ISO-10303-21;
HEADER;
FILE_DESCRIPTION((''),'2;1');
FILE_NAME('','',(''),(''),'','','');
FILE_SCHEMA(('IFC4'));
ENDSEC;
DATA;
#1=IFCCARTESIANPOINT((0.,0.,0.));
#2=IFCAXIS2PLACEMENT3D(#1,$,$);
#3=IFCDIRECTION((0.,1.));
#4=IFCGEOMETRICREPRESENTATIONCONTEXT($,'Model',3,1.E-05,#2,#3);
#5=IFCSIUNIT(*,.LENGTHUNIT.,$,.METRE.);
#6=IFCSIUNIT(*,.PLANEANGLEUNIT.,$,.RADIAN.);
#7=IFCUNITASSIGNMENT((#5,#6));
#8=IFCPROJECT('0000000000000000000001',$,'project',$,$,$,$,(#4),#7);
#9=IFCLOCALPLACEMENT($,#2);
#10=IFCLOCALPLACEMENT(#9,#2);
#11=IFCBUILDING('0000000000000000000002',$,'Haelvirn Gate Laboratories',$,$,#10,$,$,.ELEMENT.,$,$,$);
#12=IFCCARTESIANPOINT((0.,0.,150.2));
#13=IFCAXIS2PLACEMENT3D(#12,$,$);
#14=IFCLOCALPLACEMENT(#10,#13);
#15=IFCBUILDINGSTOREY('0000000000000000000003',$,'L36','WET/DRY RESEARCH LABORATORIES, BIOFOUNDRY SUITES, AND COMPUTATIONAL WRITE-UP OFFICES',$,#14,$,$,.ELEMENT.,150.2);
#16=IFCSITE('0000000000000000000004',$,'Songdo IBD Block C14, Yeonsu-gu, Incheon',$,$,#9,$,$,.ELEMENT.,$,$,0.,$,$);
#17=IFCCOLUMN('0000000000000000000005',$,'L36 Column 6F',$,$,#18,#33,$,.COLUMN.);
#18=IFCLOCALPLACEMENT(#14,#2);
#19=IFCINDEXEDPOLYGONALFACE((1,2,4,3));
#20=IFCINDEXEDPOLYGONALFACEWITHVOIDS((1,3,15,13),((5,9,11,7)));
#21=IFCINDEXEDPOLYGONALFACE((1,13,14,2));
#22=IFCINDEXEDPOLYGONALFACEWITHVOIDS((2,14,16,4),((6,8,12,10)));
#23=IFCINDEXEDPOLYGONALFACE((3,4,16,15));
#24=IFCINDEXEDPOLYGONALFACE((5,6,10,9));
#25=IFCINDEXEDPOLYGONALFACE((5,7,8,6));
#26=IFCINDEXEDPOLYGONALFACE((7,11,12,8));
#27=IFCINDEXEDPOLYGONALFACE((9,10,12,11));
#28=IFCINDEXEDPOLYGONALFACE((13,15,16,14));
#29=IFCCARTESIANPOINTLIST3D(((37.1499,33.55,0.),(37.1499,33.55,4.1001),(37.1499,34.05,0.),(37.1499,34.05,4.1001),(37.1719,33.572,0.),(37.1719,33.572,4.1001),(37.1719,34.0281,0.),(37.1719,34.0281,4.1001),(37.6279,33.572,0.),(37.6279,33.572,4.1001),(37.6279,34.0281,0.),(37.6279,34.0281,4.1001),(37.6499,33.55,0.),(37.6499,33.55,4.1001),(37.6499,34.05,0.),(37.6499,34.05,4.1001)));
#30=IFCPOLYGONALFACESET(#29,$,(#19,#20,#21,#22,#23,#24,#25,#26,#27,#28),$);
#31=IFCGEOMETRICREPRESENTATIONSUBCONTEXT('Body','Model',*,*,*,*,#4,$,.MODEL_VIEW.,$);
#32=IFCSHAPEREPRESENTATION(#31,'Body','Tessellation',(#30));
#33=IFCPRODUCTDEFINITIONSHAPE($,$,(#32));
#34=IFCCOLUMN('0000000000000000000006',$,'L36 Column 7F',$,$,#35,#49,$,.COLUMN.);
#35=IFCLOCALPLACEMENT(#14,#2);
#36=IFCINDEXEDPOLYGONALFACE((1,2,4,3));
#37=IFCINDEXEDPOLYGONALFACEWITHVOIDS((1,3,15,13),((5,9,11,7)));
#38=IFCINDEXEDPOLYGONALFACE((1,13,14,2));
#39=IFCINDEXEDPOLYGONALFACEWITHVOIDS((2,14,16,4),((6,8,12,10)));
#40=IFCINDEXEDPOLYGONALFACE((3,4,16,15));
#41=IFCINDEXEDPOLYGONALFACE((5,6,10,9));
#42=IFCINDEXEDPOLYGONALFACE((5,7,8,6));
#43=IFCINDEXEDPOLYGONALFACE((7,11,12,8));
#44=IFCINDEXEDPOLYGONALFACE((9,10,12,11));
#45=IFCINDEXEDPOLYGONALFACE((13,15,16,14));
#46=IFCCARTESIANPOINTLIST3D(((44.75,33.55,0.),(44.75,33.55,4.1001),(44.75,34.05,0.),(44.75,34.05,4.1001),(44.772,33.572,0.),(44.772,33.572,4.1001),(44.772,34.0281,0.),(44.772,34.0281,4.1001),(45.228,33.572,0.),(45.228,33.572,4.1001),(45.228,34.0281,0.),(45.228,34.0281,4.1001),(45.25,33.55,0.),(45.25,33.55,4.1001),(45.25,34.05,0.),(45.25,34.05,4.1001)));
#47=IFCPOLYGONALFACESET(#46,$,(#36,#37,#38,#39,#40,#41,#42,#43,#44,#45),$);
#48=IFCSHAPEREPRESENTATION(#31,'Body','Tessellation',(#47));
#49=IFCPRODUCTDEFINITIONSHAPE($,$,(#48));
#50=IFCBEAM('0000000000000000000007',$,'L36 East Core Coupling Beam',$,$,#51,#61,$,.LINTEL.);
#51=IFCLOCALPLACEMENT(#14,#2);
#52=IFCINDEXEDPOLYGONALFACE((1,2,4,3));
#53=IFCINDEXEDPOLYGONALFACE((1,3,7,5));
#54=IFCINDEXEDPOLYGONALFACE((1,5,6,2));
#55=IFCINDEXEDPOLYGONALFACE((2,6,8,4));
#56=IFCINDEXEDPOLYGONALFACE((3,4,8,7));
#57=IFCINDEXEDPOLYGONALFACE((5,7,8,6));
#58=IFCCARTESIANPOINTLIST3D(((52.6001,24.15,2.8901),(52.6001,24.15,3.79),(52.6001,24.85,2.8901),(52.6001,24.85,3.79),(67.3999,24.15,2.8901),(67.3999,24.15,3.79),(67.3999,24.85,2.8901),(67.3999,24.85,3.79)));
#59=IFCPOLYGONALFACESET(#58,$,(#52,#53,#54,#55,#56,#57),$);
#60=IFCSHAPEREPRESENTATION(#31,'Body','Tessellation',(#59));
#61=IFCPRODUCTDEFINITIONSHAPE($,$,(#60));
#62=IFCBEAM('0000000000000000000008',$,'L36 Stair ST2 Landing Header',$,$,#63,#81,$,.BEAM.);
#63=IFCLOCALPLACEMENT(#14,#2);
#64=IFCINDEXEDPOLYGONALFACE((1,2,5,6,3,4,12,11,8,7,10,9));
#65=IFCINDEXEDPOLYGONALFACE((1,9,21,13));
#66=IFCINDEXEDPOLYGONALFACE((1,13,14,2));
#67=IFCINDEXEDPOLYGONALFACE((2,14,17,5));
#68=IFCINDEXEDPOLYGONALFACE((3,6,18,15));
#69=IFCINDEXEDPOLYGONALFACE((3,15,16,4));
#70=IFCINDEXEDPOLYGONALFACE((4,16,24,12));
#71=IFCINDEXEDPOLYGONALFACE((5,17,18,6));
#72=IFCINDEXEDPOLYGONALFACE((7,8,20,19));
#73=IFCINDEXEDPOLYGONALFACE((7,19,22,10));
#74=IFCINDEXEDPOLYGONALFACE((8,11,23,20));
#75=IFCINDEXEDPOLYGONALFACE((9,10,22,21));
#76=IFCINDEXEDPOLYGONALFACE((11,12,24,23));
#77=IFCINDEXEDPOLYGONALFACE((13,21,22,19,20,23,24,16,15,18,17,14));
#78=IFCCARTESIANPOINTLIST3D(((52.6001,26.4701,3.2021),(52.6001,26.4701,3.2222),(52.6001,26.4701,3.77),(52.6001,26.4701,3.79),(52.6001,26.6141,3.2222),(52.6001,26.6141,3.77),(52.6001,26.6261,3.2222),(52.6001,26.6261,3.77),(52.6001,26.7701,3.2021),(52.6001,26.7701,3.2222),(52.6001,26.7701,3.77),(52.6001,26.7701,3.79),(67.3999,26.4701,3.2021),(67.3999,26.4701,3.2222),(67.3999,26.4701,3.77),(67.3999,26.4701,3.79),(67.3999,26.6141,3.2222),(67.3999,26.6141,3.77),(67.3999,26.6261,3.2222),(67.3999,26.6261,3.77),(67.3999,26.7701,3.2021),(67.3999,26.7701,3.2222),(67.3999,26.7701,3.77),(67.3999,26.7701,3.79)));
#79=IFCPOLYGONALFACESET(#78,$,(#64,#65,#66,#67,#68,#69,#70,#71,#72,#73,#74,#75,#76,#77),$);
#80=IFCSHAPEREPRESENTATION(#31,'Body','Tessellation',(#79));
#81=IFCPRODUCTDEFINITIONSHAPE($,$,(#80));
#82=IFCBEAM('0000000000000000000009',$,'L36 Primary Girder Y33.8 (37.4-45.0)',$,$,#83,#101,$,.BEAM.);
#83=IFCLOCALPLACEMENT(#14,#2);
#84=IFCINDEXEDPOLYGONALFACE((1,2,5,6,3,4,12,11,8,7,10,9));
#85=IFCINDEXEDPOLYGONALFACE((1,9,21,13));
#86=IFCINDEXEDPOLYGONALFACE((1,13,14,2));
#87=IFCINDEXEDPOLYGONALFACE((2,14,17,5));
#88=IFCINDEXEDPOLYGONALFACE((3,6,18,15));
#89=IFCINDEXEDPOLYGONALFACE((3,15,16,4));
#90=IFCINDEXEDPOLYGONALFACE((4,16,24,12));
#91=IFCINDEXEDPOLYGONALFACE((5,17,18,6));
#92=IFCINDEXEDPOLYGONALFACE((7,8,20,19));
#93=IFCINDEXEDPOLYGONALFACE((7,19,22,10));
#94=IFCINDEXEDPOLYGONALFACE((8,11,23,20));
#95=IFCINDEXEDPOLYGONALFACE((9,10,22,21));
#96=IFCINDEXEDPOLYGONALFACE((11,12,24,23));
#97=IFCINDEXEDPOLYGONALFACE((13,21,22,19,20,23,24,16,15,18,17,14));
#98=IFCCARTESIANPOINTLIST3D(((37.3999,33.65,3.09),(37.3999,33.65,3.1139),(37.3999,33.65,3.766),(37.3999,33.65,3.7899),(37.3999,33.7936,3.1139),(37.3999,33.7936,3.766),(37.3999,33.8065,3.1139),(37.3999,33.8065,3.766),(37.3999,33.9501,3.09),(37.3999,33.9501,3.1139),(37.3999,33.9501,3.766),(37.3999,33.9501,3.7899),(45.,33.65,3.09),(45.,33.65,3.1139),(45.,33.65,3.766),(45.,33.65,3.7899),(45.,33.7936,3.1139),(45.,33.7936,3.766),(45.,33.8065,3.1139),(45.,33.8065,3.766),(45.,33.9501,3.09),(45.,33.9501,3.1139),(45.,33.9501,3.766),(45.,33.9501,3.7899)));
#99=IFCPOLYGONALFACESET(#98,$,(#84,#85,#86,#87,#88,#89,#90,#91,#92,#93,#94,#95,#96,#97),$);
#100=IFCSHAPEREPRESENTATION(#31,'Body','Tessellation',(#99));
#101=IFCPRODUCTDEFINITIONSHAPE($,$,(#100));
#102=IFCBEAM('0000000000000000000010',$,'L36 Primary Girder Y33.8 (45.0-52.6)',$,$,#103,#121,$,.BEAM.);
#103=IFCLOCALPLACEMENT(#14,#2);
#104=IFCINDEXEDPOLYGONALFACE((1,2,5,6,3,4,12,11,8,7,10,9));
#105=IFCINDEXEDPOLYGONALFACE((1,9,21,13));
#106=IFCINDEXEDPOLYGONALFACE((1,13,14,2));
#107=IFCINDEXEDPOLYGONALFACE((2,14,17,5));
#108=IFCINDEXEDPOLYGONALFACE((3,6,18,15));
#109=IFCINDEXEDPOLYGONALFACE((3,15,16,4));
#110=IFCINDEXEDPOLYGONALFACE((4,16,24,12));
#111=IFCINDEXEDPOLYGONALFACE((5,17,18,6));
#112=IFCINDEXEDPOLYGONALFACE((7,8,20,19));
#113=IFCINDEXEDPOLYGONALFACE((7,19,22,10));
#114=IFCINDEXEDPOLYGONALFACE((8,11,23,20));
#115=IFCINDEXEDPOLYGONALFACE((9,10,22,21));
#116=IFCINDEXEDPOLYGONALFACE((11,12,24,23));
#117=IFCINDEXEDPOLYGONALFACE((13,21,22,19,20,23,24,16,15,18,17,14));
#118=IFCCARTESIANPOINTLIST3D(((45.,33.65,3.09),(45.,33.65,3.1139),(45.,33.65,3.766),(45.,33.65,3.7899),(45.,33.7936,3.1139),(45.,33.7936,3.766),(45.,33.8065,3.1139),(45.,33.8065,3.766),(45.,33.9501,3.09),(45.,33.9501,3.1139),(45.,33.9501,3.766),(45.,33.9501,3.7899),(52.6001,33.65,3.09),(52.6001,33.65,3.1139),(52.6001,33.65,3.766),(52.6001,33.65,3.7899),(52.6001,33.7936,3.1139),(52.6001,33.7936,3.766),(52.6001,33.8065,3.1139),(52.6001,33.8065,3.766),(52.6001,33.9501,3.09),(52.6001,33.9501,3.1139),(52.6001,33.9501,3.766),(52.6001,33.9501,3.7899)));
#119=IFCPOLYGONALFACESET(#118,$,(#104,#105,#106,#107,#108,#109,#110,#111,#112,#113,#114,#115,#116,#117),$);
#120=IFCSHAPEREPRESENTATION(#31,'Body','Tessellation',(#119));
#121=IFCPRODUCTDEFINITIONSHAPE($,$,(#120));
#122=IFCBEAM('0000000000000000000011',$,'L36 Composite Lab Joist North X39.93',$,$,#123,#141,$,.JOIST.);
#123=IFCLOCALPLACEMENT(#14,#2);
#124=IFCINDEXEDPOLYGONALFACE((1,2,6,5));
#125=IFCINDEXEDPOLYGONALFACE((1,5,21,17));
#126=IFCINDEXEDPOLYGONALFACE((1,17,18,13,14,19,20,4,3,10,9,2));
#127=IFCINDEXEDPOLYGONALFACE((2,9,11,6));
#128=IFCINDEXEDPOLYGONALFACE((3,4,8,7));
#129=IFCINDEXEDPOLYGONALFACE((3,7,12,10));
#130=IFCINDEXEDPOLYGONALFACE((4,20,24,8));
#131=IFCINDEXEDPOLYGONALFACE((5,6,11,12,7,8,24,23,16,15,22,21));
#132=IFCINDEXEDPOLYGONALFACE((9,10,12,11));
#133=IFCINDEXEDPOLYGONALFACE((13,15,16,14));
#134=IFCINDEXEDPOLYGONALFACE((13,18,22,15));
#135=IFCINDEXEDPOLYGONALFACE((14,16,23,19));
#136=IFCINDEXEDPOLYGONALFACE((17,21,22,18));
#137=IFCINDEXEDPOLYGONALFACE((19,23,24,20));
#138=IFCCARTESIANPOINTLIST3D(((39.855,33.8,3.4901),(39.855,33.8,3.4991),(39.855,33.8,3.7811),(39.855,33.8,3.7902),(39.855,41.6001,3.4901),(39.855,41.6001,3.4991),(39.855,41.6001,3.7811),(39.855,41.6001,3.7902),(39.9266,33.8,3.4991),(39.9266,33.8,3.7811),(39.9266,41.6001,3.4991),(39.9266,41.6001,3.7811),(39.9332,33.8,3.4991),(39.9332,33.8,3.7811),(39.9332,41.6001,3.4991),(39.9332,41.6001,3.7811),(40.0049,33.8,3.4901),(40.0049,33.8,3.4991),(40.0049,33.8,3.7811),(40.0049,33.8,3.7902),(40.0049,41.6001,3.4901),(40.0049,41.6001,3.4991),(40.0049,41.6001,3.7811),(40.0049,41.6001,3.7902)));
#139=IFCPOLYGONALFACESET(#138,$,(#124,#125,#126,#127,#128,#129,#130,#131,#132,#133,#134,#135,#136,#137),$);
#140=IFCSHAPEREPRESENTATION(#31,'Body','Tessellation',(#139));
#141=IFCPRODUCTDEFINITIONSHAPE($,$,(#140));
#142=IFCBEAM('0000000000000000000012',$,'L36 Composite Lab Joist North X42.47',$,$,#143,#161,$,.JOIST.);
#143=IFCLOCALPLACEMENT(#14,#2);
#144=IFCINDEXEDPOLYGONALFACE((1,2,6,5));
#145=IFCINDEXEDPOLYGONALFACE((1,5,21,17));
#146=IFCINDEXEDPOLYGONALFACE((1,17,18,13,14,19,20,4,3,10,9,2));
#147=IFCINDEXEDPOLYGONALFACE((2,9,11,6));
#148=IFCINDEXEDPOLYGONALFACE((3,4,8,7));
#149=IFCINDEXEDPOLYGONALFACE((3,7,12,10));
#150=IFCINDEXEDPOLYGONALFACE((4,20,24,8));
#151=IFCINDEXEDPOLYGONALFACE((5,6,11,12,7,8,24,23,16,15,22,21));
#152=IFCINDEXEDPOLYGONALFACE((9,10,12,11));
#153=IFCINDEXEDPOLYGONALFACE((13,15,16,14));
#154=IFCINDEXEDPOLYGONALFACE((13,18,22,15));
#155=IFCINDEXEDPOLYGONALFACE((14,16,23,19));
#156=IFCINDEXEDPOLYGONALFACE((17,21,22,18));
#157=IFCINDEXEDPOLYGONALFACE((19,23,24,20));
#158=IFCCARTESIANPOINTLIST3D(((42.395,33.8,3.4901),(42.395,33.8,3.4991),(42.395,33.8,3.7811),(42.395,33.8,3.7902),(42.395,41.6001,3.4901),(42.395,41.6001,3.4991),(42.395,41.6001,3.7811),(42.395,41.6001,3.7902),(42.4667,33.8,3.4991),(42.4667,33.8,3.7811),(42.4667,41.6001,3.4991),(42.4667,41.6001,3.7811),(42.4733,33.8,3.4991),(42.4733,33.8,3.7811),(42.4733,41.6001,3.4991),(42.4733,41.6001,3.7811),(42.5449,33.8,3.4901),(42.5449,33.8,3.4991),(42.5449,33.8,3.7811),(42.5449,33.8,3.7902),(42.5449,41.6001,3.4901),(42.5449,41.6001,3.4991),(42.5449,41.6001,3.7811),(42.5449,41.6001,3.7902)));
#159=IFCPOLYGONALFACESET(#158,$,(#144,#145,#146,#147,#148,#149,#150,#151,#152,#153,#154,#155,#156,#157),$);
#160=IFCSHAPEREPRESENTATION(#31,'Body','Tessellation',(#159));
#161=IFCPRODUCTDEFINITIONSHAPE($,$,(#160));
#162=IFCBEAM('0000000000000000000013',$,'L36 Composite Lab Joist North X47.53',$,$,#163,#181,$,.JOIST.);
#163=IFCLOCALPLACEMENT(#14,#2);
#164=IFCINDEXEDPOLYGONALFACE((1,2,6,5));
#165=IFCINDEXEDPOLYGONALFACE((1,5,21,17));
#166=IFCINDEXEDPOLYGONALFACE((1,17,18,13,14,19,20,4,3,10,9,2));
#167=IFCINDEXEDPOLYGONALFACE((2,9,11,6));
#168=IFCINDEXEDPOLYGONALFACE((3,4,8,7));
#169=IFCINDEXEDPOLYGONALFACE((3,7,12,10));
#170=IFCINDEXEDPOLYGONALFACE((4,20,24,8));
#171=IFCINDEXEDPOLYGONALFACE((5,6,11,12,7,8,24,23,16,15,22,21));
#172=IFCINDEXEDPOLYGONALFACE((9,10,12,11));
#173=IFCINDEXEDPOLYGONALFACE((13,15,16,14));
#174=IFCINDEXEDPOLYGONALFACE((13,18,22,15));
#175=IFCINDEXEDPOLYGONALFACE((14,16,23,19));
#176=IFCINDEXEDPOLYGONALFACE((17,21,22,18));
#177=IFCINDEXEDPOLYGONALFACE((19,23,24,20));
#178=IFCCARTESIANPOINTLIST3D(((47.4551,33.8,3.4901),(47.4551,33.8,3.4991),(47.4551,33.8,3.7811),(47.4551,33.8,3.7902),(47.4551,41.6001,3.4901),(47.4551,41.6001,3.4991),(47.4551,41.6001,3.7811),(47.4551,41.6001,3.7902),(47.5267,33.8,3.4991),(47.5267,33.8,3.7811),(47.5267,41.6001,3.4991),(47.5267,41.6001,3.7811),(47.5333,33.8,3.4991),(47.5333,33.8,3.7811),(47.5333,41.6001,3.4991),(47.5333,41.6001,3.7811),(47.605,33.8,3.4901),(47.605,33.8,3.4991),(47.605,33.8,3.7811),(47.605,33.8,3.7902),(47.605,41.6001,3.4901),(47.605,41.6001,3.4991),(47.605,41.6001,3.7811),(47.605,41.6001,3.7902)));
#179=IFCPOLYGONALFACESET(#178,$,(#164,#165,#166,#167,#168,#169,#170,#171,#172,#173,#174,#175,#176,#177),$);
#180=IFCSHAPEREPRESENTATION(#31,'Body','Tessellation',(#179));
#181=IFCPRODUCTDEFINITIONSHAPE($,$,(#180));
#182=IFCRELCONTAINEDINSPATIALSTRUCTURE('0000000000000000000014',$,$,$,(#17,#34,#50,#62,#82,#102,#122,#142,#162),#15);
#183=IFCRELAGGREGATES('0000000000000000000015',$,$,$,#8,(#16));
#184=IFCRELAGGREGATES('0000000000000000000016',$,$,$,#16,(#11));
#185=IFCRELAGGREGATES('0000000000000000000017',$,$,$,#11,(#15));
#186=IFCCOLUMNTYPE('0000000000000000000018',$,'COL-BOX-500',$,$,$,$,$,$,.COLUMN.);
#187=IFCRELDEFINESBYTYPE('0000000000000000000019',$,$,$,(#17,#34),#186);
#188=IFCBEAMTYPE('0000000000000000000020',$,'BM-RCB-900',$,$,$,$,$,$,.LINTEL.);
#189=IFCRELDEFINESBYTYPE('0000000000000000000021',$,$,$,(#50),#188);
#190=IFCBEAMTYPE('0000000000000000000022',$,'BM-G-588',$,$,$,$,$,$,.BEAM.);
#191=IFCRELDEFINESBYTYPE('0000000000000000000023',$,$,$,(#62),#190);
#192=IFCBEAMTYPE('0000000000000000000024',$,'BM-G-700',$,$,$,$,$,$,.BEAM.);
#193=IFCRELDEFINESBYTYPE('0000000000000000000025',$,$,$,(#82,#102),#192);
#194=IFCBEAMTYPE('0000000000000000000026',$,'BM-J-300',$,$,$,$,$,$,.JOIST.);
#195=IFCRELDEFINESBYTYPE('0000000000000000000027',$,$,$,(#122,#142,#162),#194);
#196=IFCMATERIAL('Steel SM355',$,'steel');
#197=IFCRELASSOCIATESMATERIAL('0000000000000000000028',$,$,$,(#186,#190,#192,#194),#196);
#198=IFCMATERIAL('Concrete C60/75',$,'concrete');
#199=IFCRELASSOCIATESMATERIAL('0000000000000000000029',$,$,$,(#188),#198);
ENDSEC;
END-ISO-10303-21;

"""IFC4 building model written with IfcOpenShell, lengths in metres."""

from ifc_helpers import new_model, si_unit, direction, frame, origin, origin_2d, place, context, subcontext, project, spatial, rectangle, hollow_rectangle, i_section, extrude, source, transform, mapped, material, material_profile, profile_set, type_object, type_shapes, element, save


model = new_model("IFC4")

# Units and contexts
model_context = context("Model", 3, precision=1e-05, world=origin(), true_north=direction((0.0, 1.0)))
body_context = subcontext(model_context, "Body", "Model", "MODEL_VIEW")
ifc_project = project(units=[si_unit("LENGTHUNIT", "METRE"), si_unit("PLANEANGLEUNIT", "RADIAN")], contexts=[model_context])

# Site, building, storey
site_placement = place(None, origin())
site = spatial("IfcSite", under=ifc_project, at=site_placement, Name="Songdo IBD Block C14, Yeonsu-gu, Incheon", CompositionType="ELEMENT", RefElevation=0.0)
building_placement = place(site_placement, origin())
building = spatial("IfcBuilding", under=site, at=building_placement, Name="Haelvirn Gate Laboratories", CompositionType="ELEMENT")
storey_placement = place(building_placement, frame((0.0, 0.0, 150.2)))
storey = spatial("IfcBuildingStorey", under=building, at=storey_placement, Name="L36", Description="WET/DRY RESEARCH LABORATORIES, BIOFOUNDRY SUITES, AND COMPUTATIONAL WRITE-UP OFFICES", CompositionType="ELEMENT", Elevation=150.2)

# Columns
ifc_material_1 = material(Name="Steel SM355", Category="steel")
ifc_material_profile_1 = material_profile(ifc_material_1, hollow_rectangle(XDim=0.5, YDim=0.5, WallThickness=0.022, at=origin_2d()), Name="BOX-500x500x22")
ifc_profile_set_1 = profile_set([ifc_material_profile_1], Name="Steel SM355")
column_type = type_object("IfcColumnType", Name="COL-BOX-500", PredefinedType="COLUMN", material=ifc_profile_set_1)
shared_shape_1 = source(origin(), body_context, "Body", "SweptSolid", [
    extrude(hollow_rectangle(XDim=0.5, YDim=0.5, WallThickness=0.022, at=origin_2d()), origin(), (0.0, 0.0, 1.0), 4.1001),
])
type_shapes(column_type, [shared_shape_1])
for number, where, z_axis, x_axis, name in (
    (1, (37.3999, 33.8, 0.0), (0.0, 0.0, 1.0), (1.0, 0.0, 0.0), "L36 Column 6F"),
    (2, (45.0, 33.8, 0.0), (0.0, 0.0, 1.0), (1.0, 0.0, 0.0), "L36 Column 7F"),
):
    element("IfcColumn", number, at=place(storey_placement, frame(where, z_axis=z_axis, x_axis=x_axis)), inside=storey, type_object=column_type, Name=name, PredefinedType="COLUMN", context=body_context, shape_type="MappedRepresentation", body=[
        mapped(shared_shape_1, transform((0.0, 0.0, 0.0), scale=1.0)),
    ])

# Beams
ifc_material_2 = material(Name="Concrete C60/75", Category="concrete")
ifc_material_profile_2 = material_profile(ifc_material_2, rectangle(XDim=0.7, YDim=0.8999, at=origin_2d()), Name="RCB-700x900")
ifc_profile_set_2 = profile_set([ifc_material_profile_2], Name="Concrete C60/75")
beam_type_1 = type_object("IfcBeamType", Name="BM-RCB-900", PredefinedType="LINTEL", material=ifc_profile_set_2)
shared_shape_2 = source(origin(), body_context, "Body", "SweptSolid", [
    extrude(rectangle(XDim=0.7, YDim=0.8999, at=origin_2d()), origin(), (0.0, 0.0, 1.0), 14.7998),
])
type_shapes(beam_type_1, [shared_shape_2])
beam_1_placement = place(storey_placement, frame((52.6001, 24.5, 3.3401), z_axis=(1.0, 0.0, 0.0), x_axis=(0.0, 1.0, 0.0)))
element("IfcBeam", 3, at=beam_1_placement, inside=storey, type_object=beam_type_1, Name="L36 East Core Coupling Beam", PredefinedType="LINTEL", context=body_context, shape_type="MappedRepresentation", body=[
    mapped(shared_shape_2, transform((0.0, 0.0, 0.0), scale=1.0)),
])
ifc_material_profile_3 = material_profile(ifc_material_1, i_section(OverallWidth=0.3, OverallDepth=0.5879, WebThickness=0.012, FlangeThickness=0.02, at=origin_2d()), Name="H-588x300x12x20")
ifc_profile_set_3 = profile_set([ifc_material_profile_3], Name="Steel SM355")
beam_type_2 = type_object("IfcBeamType", Name="BM-G-588", PredefinedType="BEAM", material=ifc_profile_set_3)
shared_shape_3 = source(origin(), body_context, "Body", "SweptSolid", [
    extrude(i_section(OverallWidth=0.3, OverallDepth=0.5879, WebThickness=0.012, FlangeThickness=0.02, at=origin_2d()), origin(), (0.0, 0.0, 1.0), 14.7998),
])
beam_2_placement = place(storey_placement, frame((52.6001, 26.6201, 3.4961), z_axis=(1.0, 0.0, 0.0), x_axis=(0.0, 1.0, 0.0)))
element("IfcBeam", 4, at=beam_2_placement, inside=storey, type_object=beam_type_2, Name="L36 Stair ST2 Landing Header", PredefinedType="BEAM", context=body_context, shape_type="MappedRepresentation", body=[
    mapped(shared_shape_3, transform((0.0, 0.0, 0.0), scale=1.0)),
])
ifc_material_profile_4 = material_profile(ifc_material_1, i_section(OverallWidth=0.3, OverallDepth=0.7, WebThickness=0.0129, FlangeThickness=0.0239, at=origin_2d()), Name="H-700x300x13x24")
ifc_profile_set_4 = profile_set([ifc_material_profile_4], Name="Steel SM355")
beam_type_3 = type_object("IfcBeamType", Name="BM-G-700", PredefinedType="BEAM", material=ifc_profile_set_4)
shared_shape_4 = source(origin(), body_context, "Body", "SweptSolid", [
    extrude(i_section(OverallWidth=0.3, OverallDepth=0.7, WebThickness=0.0129, FlangeThickness=0.0239, at=origin_2d()), origin(), (0.0, 0.0, 1.0), 7.6001),
])
type_shapes(beam_type_3, [shared_shape_4])
for number, where, z_axis, x_axis, name in (
    (5, (37.3999, 33.8, 3.4399), (1.0, 0.0, 0.0), (0.0, 1.0, 0.0), "L36 Primary Girder Y33.8 (37.4-45.0)"),
    (6, (45.0, 33.8, 3.4399), (1.0, 0.0, 0.0), (0.0, 1.0, 0.0), "L36 Primary Girder Y33.8 (45.0-52.6)"),
):
    element("IfcBeam", number, at=place(storey_placement, frame(where, z_axis=z_axis, x_axis=x_axis)), inside=storey, type_object=beam_type_3, Name=name, PredefinedType="BEAM", context=body_context, shape_type="MappedRepresentation", body=[
        mapped(shared_shape_4, transform((0.0, 0.0, 0.0), scale=1.0)),
    ])
ifc_material_profile_5 = material_profile(ifc_material_1, i_section(OverallWidth=0.1499, OverallDepth=0.3, WebThickness=0.0066, FlangeThickness=0.009, at=origin_2d()), Name="H-300x150x6.5x9")
ifc_profile_set_5 = profile_set([ifc_material_profile_5], Name="Steel SM355")
beam_type_4 = type_object("IfcBeamType", Name="BM-J-300", PredefinedType="JOIST", material=ifc_profile_set_5)
shared_shape_5 = source(origin(), body_context, "Body", "SweptSolid", [
    extrude(i_section(OverallWidth=0.1499, OverallDepth=0.3, WebThickness=0.0066, FlangeThickness=0.009, at=origin_2d()), origin(), (0.0, 0.0, 1.0), 7.8),
])
type_shapes(beam_type_4, [shared_shape_5])
for number, where, z_axis, x_axis, name in (
    (7, (39.9299, 33.8, 3.6401), (0.0, 1.0, 0.0), (-1.0, 0.0, 0.0), "L36 Composite Lab Joist North X39.93"),
    (8, (42.47, 33.8, 3.6401), (0.0, 1.0, 0.0), (-1.0, 0.0, 0.0), "L36 Composite Lab Joist North X42.47"),
    (9, (47.53, 33.8, 3.6401), (0.0, 1.0, 0.0), (-1.0, 0.0, 0.0), "L36 Composite Lab Joist North X47.53"),
):
    element("IfcBeam", number, at=place(storey_placement, frame(where, z_axis=z_axis, x_axis=x_axis)), inside=storey, type_object=beam_type_4, Name=name, PredefinedType="JOIST", context=body_context, shape_type="MappedRepresentation", body=[
        mapped(shared_shape_5, transform((0.0, 0.0, 0.0), scale=1.0)),
    ])

save(model, "model.ifc")
